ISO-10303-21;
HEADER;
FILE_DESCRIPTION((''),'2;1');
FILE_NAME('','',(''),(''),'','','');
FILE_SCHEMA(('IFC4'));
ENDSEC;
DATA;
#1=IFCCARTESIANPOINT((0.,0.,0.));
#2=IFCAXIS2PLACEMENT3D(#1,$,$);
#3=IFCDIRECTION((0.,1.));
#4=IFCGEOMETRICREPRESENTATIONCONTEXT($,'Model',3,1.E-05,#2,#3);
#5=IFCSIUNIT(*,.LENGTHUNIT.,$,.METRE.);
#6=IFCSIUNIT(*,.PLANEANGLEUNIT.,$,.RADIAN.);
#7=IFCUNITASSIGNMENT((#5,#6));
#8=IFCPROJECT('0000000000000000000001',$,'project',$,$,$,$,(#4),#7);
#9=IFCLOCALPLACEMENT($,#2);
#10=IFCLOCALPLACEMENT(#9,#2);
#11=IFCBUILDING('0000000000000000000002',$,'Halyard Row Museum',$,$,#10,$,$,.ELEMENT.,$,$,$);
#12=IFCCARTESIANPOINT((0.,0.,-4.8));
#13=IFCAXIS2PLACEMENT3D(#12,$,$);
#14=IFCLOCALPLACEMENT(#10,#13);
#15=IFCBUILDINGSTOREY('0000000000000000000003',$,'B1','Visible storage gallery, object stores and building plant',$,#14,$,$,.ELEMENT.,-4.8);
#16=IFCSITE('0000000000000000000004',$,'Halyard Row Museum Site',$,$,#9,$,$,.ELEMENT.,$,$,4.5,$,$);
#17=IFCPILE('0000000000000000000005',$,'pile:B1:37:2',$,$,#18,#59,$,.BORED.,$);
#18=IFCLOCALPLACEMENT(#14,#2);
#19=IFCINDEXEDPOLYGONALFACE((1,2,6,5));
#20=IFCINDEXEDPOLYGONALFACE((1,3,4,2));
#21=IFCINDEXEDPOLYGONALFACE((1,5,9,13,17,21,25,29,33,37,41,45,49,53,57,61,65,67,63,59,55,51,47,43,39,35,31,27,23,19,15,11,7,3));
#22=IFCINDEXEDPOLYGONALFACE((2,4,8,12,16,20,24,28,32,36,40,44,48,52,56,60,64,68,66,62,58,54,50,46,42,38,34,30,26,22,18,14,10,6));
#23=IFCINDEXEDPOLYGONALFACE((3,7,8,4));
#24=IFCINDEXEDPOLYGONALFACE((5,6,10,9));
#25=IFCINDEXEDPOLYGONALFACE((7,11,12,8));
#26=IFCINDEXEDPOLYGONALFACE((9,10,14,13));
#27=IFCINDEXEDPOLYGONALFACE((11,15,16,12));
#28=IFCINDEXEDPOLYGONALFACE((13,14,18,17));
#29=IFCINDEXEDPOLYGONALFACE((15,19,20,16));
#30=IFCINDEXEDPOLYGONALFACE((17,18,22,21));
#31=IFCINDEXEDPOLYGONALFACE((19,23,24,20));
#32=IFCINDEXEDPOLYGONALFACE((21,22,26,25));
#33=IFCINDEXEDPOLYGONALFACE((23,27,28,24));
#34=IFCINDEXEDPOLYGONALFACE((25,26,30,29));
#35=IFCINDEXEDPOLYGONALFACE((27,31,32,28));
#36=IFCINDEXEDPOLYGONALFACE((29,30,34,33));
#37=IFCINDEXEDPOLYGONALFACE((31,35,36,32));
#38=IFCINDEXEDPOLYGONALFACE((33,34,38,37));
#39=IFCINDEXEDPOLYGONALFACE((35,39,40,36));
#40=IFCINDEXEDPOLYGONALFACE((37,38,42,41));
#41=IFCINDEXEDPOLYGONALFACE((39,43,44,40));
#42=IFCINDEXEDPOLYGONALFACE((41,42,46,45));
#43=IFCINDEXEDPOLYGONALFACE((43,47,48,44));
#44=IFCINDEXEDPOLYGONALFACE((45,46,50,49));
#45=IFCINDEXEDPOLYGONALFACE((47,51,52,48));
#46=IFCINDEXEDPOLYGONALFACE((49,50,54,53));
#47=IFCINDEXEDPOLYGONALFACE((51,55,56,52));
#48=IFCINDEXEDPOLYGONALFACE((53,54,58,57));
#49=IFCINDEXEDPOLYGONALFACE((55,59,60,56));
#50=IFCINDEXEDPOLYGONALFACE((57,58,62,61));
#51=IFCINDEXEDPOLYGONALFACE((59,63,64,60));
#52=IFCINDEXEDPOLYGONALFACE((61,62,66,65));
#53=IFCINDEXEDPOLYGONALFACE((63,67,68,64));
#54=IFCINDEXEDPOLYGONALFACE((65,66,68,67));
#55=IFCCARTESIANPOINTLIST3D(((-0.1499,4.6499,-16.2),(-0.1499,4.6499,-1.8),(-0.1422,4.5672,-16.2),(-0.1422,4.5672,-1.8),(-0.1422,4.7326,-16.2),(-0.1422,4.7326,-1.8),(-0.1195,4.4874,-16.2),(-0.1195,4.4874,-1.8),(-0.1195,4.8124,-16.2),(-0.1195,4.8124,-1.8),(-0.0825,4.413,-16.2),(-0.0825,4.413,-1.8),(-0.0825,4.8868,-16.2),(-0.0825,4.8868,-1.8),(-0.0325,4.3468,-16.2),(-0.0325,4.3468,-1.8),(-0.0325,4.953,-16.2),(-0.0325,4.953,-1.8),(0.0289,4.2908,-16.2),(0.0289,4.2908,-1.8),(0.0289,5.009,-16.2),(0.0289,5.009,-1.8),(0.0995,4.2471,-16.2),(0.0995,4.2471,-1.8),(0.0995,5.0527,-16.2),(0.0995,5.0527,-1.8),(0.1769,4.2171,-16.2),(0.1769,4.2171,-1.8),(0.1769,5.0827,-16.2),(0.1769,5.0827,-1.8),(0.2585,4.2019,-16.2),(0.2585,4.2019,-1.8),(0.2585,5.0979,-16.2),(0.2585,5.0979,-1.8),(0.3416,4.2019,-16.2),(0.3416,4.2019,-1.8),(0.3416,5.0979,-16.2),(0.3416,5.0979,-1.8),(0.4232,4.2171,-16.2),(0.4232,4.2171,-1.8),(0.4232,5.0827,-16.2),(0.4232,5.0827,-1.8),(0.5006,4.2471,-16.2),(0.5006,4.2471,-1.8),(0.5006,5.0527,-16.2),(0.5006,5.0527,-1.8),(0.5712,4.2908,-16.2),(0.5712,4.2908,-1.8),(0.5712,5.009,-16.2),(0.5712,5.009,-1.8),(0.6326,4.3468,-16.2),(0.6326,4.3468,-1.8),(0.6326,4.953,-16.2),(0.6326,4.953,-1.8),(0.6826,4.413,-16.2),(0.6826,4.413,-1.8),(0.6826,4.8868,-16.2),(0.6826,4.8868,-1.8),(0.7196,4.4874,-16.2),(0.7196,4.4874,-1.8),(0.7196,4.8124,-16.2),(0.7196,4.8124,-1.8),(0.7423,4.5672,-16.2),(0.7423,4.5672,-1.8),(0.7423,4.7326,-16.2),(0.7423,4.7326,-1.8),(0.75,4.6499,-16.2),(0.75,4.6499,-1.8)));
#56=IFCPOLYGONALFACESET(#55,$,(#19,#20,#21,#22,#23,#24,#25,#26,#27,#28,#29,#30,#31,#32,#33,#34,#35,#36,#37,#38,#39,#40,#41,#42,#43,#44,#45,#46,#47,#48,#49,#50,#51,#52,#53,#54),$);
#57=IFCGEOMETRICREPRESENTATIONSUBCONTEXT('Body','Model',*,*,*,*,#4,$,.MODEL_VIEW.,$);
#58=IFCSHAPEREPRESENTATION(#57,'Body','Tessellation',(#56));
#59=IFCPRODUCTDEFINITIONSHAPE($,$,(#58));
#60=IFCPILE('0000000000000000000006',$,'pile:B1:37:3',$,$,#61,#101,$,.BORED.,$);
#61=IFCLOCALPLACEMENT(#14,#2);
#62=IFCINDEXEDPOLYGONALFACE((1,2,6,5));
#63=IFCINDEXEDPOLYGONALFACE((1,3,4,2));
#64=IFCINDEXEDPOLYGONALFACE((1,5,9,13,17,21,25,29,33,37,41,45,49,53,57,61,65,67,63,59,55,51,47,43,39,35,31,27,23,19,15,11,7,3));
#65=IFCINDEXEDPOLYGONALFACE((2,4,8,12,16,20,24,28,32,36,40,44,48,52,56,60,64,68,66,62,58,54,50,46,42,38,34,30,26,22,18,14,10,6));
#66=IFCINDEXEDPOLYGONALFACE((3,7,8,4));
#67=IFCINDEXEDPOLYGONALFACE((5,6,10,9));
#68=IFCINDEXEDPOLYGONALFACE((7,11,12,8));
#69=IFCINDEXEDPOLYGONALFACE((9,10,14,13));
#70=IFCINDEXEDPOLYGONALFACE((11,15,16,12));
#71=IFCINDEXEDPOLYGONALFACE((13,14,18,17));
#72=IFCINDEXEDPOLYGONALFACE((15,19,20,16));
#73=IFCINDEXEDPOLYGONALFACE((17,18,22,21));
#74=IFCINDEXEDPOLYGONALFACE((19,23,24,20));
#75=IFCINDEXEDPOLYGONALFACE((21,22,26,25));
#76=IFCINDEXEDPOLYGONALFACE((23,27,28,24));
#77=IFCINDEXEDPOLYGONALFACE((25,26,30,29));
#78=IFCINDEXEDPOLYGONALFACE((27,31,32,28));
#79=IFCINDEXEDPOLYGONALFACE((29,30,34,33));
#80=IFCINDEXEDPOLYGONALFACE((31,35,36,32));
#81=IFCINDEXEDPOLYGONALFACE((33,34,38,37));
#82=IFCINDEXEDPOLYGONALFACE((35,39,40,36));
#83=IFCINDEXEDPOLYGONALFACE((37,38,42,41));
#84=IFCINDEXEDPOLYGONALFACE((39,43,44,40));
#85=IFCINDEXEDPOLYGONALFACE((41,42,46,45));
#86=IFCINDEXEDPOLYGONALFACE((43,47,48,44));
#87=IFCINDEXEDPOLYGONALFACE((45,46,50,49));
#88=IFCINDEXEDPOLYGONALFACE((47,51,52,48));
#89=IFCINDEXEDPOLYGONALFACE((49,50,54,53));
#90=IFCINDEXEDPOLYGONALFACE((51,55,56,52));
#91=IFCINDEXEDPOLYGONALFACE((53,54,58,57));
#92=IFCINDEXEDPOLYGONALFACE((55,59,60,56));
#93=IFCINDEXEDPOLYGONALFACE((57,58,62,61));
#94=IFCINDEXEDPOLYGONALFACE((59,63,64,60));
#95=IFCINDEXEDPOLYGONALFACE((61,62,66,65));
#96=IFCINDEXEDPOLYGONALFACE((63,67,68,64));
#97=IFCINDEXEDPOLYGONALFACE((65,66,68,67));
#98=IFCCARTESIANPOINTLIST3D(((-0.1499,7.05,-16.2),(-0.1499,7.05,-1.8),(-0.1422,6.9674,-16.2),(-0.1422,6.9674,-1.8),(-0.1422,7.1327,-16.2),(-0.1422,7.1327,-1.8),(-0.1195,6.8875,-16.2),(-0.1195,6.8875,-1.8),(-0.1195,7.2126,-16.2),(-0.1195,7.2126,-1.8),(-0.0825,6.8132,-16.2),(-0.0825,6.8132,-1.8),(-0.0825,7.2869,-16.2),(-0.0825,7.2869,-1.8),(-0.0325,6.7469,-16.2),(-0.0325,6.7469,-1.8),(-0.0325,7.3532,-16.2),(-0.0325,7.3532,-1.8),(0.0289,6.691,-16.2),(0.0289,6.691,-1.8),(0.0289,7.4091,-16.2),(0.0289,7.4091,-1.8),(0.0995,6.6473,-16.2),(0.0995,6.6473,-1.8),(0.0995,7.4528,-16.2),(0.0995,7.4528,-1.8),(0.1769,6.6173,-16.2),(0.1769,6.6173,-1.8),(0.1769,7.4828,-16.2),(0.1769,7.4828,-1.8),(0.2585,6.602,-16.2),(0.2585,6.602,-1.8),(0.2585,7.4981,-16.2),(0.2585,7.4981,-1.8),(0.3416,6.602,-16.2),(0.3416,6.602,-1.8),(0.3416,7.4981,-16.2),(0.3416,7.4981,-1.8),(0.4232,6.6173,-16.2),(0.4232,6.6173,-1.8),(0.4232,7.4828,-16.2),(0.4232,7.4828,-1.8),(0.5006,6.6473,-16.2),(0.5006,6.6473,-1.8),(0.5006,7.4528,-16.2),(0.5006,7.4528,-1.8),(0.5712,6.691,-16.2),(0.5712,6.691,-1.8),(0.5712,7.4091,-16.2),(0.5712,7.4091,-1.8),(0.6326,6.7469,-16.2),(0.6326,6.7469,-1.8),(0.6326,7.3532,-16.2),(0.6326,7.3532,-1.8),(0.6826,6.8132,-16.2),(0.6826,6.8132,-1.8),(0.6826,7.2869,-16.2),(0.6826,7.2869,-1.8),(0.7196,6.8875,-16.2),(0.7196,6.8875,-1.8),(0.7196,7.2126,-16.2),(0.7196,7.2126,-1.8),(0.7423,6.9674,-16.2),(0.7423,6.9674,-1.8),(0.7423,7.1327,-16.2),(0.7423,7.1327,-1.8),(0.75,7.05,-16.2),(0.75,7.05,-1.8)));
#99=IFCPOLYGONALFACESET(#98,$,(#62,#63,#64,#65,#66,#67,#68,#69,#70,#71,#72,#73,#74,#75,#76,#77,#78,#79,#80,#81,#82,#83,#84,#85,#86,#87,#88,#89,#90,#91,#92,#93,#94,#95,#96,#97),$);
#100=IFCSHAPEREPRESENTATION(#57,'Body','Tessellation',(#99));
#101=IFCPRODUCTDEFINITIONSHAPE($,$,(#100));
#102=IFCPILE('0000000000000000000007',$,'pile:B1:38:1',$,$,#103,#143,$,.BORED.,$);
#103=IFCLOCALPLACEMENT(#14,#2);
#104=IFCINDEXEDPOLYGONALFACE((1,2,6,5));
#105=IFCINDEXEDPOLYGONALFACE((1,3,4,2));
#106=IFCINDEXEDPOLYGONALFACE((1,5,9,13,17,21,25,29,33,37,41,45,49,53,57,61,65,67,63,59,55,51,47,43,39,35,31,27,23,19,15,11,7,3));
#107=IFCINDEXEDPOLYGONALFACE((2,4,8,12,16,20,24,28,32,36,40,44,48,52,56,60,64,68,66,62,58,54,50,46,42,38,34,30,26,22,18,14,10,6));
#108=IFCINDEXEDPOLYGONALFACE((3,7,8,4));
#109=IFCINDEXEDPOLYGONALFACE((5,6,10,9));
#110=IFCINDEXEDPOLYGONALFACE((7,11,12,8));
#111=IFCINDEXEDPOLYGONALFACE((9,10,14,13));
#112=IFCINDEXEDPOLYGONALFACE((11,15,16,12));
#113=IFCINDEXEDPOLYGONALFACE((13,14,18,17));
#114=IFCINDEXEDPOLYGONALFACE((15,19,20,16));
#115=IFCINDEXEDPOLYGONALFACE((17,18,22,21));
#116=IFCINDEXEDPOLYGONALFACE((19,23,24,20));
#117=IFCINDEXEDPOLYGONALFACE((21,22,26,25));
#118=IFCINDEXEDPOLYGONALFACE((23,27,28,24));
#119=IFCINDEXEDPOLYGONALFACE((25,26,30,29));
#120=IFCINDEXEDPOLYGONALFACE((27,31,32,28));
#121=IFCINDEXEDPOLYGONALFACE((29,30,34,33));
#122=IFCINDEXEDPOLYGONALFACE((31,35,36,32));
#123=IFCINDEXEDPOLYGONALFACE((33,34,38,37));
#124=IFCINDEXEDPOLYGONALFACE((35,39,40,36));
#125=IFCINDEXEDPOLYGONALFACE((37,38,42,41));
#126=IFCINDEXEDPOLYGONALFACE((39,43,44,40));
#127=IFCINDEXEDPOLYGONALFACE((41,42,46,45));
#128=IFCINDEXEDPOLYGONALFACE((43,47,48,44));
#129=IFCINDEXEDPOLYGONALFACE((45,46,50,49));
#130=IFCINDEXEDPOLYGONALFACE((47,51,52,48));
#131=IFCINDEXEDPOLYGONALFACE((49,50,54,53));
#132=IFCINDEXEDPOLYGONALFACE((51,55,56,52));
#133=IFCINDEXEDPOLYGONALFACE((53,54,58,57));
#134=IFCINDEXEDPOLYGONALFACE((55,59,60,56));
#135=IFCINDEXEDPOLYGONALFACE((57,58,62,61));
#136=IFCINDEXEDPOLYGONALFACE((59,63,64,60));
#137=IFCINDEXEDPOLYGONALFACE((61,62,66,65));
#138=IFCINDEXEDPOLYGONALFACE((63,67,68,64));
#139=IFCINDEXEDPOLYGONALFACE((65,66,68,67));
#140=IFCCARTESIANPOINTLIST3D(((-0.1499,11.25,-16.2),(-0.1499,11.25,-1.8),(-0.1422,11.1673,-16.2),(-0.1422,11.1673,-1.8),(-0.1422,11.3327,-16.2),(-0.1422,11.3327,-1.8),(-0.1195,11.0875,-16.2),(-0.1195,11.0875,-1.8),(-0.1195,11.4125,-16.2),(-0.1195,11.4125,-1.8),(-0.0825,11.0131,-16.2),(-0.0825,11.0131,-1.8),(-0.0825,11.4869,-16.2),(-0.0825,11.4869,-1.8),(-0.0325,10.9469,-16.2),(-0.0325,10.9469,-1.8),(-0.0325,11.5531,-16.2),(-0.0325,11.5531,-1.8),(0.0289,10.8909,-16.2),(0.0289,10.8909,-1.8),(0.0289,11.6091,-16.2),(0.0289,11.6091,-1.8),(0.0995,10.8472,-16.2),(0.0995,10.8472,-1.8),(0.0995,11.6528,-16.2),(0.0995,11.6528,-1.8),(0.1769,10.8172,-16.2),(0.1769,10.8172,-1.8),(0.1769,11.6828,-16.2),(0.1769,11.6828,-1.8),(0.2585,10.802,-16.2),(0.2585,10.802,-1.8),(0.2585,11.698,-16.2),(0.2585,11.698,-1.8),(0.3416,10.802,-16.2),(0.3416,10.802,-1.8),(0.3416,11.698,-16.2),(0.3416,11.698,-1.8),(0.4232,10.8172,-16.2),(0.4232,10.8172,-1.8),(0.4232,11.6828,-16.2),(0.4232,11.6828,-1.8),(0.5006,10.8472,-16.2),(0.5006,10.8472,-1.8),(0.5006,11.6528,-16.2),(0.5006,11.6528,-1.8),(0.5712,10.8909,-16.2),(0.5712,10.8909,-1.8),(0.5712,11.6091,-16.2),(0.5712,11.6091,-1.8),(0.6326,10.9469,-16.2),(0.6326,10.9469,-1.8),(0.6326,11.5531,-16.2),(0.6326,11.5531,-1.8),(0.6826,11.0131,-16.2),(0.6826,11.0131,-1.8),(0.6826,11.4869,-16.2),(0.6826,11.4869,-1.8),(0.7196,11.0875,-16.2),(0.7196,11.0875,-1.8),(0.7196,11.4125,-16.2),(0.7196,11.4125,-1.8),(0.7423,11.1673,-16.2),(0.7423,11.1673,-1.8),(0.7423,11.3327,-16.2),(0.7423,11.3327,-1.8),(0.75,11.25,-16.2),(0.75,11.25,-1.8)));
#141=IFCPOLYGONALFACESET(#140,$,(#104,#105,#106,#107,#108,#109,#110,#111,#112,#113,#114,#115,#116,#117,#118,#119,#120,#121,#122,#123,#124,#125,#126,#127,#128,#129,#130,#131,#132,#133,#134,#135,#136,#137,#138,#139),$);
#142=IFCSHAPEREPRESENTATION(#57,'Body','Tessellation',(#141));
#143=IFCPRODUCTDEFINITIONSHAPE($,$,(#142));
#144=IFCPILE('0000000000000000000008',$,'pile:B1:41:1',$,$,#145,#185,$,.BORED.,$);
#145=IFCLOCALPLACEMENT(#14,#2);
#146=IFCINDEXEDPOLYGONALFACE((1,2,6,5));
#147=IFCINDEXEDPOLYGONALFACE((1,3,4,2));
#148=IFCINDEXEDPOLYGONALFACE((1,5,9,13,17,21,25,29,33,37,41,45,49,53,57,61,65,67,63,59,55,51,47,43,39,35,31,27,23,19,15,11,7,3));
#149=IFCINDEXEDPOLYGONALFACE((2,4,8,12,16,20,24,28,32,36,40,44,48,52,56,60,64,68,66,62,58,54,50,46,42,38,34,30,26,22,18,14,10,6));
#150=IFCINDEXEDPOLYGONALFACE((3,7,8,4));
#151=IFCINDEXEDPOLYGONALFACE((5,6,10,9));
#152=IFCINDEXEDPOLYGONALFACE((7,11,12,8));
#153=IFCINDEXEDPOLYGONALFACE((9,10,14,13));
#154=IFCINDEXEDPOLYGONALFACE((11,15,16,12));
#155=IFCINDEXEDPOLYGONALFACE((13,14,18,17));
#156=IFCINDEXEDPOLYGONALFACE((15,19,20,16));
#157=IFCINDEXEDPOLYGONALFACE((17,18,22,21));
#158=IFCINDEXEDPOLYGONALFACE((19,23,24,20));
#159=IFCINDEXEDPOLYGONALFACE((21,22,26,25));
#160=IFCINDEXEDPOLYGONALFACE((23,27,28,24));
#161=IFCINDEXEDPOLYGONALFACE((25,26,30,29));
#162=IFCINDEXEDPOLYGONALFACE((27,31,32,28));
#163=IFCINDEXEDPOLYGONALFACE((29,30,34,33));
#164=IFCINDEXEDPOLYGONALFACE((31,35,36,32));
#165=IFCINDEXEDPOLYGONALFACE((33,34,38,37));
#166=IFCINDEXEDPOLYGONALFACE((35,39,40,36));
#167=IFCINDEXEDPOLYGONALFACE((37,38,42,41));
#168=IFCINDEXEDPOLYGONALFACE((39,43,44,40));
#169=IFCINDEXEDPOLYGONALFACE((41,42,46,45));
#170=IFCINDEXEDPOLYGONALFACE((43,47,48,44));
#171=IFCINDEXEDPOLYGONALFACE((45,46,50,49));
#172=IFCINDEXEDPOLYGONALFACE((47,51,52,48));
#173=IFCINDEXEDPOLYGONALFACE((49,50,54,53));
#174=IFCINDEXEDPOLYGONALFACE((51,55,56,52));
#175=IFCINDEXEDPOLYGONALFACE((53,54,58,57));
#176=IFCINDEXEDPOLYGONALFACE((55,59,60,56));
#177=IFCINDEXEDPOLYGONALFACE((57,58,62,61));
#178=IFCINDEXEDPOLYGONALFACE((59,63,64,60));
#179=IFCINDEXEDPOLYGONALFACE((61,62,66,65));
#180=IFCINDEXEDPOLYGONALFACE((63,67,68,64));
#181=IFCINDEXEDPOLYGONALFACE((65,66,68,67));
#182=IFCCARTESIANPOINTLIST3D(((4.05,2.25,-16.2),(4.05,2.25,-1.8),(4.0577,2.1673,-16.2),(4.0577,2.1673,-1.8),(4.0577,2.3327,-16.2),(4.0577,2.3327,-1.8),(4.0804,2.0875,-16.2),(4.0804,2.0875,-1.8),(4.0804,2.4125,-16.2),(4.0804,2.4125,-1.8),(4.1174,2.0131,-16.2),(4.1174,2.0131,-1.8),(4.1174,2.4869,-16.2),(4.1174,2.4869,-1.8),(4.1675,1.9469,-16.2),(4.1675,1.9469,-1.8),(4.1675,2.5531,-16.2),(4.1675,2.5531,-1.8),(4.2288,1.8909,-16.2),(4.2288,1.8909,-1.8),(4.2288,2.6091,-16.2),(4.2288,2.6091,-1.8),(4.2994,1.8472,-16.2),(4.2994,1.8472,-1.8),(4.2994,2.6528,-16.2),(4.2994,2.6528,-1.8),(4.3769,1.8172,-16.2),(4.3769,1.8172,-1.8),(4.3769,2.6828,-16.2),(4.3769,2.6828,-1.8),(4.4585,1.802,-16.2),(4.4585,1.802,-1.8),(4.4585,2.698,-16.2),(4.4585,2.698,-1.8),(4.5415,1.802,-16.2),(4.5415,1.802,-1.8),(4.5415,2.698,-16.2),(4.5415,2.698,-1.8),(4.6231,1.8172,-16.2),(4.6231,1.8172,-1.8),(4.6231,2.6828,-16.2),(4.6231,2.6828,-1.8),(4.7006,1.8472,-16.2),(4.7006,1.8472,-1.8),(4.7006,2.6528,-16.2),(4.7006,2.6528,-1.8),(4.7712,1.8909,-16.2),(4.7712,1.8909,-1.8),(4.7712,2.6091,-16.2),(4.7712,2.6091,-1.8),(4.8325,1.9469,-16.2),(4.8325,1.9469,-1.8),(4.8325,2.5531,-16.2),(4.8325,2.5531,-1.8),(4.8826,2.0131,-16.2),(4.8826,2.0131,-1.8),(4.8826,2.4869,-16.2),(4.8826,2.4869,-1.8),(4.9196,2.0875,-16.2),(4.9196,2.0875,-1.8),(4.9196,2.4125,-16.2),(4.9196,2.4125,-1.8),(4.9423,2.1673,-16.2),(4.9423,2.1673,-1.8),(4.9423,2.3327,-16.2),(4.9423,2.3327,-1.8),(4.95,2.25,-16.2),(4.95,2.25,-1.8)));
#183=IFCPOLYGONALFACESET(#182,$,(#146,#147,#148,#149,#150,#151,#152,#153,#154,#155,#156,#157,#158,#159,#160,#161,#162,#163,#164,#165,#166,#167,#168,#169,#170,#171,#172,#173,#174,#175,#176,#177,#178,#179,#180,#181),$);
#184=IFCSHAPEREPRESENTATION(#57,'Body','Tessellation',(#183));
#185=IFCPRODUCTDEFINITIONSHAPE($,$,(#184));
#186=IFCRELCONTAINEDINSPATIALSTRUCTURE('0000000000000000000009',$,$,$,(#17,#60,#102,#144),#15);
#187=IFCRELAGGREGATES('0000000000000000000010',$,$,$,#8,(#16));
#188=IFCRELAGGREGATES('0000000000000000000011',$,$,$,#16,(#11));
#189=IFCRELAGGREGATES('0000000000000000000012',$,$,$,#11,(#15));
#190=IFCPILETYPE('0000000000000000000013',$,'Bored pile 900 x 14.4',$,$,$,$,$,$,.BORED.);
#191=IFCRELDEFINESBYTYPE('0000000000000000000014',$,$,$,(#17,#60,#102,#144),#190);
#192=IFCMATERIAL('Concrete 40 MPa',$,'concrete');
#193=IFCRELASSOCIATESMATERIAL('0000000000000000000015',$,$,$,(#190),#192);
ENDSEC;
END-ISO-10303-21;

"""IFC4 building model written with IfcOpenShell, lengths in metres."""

from ifc_helpers import new_model, si_unit, direction, frame, origin, origin_2d, place, context, subcontext, project, spatial, circle, extrude, material, material_profile, profile_set, type_object, element, save


model = new_model("IFC4")

# Units and contexts
model_context = context("Model", 3, precision=1e-05, world=origin(), true_north=direction((0.0, 1.0)))
body_context = subcontext(model_context, "Body", "Model", "MODEL_VIEW")
ifc_project = project(units=[si_unit("LENGTHUNIT", "METRE"), si_unit("PLANEANGLEUNIT", "RADIAN")], contexts=[model_context])

# Site, building, storey
site_placement = place(None, origin())
site = spatial("IfcSite", under=ifc_project, at=site_placement, Name="Halyard Row Museum Site", CompositionType="ELEMENT", RefElevation=4.5)
building_placement = place(site_placement, origin())
building = spatial("IfcBuilding", under=site, at=building_placement, Name="Halyard Row Museum", CompositionType="ELEMENT")
storey_placement = place(building_placement, frame((0.0, 0.0, -4.8)))
storey = spatial("IfcBuildingStorey", under=building, at=storey_placement, Name="B1", Description="Visible storage gallery, object stores and building plant", CompositionType="ELEMENT", Elevation=-4.8)

# Piles
ifc_material_1 = material(Name="Concrete 40 MPa", Category="concrete")
ifc_material_profile_1 = material_profile(ifc_material_1, circle(Radius=0.45, at=origin_2d()), Name="Bored pile 900 x 14.4")
ifc_profile_set_1 = profile_set([ifc_material_profile_1], Name="Concrete 40 MPa")
pile_type = type_object("IfcPileType", Name="Bored pile 900 x 14.4", PredefinedType="BORED", material=ifc_profile_set_1)
for number, where, z_axis, x_axis, name in (
    (1, (0.3, 4.6499, -1.8), (0.0, 0.0, -1.0), (1.0, 0.0, 0.0), "pile:B1:37:2"),
    (2, (0.3, 7.05, -1.8), (0.0, 0.0, -1.0), (1.0, 0.0, 0.0), "pile:B1:37:3"),
    (3, (0.3, 11.25, -1.8), (0.0, 0.0, -1.0), (1.0, 0.0, 0.0), "pile:B1:38:1"),
    (4, (4.5, 2.25, -1.8), (0.0, 0.0, -1.0), (1.0, 0.0, 0.0), "pile:B1:41:1"),
):
    element("IfcPile", number, at=place(storey_placement, frame(where, z_axis=z_axis, x_axis=x_axis)), inside=storey, type_object=pile_type, Name=name, PredefinedType="BORED", context=body_context, shape_type="SweptSolid", body=[
        extrude(circle(Radius=0.45, at=origin_2d()), origin(), (0.0, 0.0, 1.0), 14.3999),
    ])

save(model, "model.ifc")
